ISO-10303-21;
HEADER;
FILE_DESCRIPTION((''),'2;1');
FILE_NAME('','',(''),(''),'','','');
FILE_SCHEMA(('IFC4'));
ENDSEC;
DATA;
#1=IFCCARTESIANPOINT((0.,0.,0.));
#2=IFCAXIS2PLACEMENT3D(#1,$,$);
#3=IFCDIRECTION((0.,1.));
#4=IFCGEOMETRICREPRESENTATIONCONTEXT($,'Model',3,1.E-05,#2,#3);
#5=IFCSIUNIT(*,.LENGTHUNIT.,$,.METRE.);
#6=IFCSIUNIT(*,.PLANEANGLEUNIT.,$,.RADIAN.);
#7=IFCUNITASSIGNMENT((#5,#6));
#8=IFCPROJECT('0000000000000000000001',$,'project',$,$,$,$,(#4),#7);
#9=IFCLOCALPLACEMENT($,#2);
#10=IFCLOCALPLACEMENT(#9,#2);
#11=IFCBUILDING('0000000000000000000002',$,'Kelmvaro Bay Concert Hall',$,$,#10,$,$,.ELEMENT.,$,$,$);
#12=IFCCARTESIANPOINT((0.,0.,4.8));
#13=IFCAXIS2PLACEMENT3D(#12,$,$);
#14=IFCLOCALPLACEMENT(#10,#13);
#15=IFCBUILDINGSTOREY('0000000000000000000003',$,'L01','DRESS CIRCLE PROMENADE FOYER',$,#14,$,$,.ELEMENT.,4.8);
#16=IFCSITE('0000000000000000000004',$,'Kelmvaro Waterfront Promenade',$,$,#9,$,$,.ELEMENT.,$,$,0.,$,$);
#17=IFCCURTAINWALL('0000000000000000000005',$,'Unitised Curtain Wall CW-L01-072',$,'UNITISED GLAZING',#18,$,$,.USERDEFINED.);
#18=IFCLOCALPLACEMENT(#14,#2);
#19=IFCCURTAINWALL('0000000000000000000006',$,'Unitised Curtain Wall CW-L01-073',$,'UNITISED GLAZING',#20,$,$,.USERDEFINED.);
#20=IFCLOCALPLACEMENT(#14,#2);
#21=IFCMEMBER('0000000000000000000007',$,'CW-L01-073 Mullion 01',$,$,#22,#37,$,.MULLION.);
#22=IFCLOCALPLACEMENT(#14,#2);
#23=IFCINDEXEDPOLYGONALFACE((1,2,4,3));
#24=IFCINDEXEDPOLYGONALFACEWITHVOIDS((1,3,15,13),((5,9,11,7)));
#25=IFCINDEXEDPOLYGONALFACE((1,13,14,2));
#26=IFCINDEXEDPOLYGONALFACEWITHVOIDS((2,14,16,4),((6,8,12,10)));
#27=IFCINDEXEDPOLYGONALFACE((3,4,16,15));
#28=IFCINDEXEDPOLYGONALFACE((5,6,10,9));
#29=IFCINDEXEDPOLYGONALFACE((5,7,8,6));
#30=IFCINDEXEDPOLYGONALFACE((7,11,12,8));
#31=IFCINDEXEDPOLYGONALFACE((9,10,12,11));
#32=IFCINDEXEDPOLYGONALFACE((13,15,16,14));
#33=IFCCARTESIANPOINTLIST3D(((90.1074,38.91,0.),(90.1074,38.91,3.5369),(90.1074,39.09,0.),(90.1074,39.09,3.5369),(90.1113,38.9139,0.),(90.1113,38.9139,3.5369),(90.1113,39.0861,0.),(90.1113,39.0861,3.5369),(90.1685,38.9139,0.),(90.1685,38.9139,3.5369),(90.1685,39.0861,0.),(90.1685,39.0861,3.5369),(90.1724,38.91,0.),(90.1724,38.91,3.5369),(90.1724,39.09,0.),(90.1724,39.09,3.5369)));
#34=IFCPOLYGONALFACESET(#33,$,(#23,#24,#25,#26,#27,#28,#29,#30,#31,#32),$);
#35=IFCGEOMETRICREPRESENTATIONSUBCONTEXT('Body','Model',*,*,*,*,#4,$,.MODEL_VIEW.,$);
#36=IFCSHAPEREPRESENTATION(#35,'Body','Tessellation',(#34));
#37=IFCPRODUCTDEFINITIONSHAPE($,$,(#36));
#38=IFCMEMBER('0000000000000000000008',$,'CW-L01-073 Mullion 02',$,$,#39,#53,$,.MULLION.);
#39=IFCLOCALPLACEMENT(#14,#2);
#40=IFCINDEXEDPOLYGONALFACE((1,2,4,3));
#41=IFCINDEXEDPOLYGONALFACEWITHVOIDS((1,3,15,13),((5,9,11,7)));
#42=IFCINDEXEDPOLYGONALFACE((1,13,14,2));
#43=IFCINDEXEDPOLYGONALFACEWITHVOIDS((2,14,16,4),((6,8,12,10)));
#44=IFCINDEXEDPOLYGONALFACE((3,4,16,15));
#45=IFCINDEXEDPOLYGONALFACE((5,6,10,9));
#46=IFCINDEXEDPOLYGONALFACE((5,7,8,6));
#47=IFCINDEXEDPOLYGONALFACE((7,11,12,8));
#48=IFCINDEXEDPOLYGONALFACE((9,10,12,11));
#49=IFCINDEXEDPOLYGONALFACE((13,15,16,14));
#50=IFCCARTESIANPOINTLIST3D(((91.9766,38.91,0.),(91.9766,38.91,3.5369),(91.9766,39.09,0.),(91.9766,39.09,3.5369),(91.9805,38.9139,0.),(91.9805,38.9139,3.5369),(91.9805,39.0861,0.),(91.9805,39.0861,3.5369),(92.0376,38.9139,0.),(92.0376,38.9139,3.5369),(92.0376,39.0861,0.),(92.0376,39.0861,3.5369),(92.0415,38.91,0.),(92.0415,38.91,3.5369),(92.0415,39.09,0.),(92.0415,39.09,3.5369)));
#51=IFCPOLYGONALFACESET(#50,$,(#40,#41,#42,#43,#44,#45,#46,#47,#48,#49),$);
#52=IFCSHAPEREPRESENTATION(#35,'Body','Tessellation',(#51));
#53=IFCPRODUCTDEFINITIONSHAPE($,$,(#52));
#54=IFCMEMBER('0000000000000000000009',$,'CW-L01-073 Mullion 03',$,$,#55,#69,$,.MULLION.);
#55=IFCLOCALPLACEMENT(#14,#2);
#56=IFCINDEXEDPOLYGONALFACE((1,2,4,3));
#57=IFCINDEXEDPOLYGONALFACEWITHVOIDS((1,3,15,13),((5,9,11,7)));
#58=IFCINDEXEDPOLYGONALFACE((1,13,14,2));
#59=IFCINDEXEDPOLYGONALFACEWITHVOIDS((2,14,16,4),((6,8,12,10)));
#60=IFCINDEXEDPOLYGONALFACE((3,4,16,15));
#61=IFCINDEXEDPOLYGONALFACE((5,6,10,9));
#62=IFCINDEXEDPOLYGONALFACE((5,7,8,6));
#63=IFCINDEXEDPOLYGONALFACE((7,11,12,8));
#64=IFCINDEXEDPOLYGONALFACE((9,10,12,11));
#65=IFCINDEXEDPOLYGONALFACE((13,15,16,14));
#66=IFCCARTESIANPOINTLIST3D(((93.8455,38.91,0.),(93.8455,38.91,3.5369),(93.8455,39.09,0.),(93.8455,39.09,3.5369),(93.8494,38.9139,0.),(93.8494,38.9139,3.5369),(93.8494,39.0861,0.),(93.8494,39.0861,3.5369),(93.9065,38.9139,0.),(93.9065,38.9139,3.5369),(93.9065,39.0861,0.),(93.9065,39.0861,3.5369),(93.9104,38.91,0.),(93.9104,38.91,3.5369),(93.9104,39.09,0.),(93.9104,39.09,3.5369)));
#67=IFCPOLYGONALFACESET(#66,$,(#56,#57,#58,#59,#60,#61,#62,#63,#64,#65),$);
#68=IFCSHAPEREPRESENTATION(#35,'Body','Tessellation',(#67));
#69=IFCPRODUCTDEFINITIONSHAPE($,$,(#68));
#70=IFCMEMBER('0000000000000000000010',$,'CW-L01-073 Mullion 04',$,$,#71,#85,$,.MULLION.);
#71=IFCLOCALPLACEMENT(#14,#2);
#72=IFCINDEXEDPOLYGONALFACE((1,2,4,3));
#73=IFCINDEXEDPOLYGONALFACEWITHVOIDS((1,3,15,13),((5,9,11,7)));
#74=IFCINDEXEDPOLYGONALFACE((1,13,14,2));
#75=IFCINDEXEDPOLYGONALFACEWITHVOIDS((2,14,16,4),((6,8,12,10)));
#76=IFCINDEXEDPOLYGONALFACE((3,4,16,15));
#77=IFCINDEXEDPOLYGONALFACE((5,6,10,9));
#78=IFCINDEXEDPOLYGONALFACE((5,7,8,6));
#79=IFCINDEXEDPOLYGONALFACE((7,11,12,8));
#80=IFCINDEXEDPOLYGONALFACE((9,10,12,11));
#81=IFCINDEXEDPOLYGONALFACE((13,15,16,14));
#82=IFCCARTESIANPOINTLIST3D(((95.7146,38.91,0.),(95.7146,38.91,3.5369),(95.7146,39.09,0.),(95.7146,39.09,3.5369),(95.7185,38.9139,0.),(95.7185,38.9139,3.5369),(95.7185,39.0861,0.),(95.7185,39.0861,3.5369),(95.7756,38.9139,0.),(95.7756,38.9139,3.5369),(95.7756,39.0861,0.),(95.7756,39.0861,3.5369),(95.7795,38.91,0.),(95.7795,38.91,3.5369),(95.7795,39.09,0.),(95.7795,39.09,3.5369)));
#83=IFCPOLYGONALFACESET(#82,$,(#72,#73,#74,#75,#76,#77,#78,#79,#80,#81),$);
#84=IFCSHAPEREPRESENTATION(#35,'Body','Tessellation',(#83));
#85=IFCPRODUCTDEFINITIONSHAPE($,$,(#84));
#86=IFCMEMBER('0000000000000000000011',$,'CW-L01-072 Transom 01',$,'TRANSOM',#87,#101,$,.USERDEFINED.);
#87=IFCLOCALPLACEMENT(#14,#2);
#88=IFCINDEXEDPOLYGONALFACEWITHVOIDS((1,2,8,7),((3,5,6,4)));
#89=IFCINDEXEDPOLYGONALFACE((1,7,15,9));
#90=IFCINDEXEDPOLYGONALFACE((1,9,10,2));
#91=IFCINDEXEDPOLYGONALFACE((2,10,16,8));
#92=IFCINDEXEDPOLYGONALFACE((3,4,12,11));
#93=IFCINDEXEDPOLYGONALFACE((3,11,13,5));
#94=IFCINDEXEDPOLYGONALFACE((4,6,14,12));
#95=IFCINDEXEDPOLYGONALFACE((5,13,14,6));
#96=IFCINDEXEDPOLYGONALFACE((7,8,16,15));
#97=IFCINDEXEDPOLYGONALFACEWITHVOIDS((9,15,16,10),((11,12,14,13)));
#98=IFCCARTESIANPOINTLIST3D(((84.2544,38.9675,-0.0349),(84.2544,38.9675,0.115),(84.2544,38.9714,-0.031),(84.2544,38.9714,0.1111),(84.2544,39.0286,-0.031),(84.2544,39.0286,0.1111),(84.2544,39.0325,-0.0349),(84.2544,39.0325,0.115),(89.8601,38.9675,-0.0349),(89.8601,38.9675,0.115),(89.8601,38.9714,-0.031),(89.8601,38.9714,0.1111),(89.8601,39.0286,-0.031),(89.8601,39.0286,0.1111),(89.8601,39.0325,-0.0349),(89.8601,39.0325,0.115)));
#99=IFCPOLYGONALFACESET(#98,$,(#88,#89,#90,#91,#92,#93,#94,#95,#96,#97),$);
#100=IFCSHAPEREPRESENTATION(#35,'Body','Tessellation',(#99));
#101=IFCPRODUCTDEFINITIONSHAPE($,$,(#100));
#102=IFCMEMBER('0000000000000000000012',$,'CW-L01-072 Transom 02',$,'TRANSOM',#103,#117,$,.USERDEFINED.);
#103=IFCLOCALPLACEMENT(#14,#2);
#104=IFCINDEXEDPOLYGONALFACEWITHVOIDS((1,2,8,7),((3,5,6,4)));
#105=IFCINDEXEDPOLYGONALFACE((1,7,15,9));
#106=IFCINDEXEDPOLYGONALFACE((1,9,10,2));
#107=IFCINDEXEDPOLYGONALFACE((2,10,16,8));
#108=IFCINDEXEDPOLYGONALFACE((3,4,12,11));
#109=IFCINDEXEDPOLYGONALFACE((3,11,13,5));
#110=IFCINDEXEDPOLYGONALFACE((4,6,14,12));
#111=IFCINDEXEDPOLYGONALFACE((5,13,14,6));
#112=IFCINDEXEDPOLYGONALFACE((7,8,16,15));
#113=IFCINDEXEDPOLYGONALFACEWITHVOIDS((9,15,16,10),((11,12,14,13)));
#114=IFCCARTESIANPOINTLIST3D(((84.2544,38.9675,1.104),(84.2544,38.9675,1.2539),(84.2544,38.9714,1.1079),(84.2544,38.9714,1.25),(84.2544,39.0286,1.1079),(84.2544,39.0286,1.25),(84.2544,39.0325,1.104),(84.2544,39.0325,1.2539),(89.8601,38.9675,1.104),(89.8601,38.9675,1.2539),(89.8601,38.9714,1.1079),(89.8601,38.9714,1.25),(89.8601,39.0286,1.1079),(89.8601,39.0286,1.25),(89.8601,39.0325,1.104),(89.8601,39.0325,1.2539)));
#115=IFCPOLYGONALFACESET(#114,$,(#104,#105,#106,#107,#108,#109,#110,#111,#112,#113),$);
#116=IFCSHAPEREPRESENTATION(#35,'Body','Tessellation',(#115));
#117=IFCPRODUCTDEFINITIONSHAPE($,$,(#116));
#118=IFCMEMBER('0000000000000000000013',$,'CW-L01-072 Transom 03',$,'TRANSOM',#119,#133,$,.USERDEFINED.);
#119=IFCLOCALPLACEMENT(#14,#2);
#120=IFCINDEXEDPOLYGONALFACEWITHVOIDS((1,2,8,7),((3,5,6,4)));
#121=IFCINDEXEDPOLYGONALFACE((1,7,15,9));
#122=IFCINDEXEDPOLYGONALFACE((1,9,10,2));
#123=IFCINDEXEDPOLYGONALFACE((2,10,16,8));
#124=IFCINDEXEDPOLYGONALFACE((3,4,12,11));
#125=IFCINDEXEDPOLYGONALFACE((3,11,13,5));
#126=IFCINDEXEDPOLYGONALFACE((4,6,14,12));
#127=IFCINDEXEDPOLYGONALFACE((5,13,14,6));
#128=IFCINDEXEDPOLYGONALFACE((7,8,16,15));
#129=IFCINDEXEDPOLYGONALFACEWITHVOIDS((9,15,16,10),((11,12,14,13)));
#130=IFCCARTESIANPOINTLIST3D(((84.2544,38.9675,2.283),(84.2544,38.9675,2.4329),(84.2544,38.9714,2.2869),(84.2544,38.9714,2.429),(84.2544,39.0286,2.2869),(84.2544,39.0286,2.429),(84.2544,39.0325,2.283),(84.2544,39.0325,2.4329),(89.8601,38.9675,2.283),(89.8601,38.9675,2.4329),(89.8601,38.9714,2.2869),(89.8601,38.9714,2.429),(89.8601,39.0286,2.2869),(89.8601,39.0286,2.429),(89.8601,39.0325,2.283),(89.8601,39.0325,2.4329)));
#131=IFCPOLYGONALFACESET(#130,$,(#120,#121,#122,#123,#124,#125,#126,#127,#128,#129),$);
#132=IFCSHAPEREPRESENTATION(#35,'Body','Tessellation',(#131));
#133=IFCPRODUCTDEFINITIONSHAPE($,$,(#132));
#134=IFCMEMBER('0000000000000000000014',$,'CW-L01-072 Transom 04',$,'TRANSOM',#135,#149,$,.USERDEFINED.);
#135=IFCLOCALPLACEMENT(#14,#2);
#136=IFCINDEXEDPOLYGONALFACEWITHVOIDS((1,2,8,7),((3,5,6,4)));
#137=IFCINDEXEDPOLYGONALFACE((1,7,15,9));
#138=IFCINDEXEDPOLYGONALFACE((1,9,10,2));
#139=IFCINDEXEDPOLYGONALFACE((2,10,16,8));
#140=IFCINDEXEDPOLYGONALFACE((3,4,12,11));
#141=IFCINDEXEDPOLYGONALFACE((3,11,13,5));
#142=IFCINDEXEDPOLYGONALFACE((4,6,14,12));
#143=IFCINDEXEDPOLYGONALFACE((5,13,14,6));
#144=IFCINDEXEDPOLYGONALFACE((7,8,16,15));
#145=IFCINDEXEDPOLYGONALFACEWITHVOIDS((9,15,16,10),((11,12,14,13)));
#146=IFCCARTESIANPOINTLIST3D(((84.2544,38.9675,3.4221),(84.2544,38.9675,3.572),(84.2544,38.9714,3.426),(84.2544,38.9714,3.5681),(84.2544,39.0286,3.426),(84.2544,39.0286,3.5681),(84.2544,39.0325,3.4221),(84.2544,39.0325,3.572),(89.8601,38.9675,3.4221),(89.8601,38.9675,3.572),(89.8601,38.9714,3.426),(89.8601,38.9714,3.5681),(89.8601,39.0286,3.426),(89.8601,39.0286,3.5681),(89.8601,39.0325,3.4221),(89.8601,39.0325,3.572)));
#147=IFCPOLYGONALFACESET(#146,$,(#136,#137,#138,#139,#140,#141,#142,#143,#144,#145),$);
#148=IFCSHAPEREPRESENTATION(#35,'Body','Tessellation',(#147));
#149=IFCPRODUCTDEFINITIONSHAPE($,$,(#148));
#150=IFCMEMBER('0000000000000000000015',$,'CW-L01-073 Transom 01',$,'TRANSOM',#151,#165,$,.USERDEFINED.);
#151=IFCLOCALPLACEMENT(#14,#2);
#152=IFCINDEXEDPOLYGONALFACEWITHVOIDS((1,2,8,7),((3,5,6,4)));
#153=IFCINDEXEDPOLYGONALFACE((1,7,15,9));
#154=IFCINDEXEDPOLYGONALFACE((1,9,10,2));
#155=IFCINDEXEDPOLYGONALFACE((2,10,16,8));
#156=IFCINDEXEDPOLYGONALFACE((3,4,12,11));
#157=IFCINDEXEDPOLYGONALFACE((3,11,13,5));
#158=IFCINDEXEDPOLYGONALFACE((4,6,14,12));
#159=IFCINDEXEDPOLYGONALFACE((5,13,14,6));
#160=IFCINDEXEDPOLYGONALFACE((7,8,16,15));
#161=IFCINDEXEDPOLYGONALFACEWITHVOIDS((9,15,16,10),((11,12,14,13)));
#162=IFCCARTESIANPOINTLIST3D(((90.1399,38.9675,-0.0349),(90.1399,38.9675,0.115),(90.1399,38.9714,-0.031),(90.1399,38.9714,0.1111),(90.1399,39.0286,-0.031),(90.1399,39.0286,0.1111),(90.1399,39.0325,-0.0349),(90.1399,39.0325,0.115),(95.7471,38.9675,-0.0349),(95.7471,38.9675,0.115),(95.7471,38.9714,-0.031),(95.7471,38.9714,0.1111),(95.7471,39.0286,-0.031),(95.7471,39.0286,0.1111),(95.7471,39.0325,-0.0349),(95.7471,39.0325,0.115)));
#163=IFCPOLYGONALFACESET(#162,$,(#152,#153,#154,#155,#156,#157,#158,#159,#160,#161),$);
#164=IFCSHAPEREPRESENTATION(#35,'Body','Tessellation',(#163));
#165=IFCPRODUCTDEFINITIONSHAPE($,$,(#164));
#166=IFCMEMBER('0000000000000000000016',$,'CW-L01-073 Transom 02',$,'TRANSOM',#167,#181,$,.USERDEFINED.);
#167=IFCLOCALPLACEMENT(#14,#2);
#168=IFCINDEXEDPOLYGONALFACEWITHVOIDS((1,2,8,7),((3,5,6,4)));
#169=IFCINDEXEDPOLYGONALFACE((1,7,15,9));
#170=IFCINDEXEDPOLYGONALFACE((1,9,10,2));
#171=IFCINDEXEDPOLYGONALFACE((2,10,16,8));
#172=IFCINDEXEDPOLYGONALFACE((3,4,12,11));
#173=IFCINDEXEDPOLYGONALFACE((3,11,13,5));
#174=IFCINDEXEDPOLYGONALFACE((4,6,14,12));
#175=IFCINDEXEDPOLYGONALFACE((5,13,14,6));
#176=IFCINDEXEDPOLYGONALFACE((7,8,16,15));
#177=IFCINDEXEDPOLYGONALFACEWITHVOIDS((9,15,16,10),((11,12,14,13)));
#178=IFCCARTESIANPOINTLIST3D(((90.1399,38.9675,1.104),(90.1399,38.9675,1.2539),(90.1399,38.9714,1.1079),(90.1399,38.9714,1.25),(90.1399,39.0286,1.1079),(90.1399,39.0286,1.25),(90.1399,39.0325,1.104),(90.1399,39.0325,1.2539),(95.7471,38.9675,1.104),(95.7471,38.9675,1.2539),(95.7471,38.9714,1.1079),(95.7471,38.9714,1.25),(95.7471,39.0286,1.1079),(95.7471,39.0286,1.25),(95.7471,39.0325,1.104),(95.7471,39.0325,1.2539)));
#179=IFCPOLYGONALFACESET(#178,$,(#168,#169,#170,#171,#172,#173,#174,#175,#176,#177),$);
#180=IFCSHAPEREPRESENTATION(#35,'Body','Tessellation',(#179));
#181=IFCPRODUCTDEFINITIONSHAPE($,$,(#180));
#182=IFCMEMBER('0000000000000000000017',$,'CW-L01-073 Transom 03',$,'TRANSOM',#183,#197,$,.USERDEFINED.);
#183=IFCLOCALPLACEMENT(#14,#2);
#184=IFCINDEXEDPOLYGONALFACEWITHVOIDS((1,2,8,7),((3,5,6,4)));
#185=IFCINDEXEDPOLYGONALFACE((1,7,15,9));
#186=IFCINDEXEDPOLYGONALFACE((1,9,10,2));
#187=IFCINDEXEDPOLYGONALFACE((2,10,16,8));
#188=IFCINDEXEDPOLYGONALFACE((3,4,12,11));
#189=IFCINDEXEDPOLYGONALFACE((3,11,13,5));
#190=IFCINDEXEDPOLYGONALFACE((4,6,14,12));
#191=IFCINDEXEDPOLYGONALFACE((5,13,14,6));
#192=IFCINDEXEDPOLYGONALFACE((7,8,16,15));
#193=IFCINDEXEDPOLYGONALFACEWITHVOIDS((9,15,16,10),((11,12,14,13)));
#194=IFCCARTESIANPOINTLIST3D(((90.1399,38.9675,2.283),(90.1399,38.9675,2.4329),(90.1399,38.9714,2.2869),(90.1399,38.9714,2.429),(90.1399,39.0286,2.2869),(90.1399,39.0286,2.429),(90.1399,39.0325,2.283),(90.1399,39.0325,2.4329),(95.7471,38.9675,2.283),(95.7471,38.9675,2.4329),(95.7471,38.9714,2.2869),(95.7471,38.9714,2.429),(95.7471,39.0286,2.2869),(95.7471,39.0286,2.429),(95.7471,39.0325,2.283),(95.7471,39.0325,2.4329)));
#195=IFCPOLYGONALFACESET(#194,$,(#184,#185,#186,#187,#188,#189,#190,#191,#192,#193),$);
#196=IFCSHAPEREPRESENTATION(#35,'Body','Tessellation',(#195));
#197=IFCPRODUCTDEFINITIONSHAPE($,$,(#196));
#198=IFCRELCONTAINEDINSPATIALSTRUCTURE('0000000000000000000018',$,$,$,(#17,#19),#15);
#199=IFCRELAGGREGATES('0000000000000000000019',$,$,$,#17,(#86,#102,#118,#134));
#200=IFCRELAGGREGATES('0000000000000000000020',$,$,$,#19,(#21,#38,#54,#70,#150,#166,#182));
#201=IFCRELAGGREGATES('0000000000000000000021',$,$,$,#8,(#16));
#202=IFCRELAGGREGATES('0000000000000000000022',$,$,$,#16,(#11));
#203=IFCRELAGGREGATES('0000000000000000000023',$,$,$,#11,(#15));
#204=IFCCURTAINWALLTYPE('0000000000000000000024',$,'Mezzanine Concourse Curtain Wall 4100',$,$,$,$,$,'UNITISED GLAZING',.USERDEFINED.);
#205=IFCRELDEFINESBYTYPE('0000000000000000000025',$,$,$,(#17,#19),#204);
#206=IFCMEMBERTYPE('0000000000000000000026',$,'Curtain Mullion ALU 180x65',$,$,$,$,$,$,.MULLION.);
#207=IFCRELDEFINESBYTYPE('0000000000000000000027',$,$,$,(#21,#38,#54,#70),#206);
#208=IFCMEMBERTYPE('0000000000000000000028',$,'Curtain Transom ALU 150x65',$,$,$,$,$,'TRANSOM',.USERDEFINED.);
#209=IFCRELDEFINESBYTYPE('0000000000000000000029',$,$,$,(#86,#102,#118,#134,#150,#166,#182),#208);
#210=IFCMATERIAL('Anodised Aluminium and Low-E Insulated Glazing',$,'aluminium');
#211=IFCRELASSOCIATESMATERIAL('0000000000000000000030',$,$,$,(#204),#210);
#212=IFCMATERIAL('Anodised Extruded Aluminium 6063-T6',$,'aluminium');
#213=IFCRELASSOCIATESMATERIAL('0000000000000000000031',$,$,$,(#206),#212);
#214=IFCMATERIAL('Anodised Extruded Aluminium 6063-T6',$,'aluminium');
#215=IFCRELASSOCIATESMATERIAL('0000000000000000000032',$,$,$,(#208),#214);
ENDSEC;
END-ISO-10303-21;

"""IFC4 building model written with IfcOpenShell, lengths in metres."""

from ifc_helpers import new_model, si_unit, direction, frame, origin, origin_2d, place, context, subcontext, project, spatial, hollow_rectangle, extrude, material, material_profile, profile_set, type_object, element, aggregate, save


model = new_model("IFC4")

# Units and contexts
model_context = context("Model", 3, precision=1e-05, world=origin(), true_north=direction((0.0, 1.0)))
body_context = subcontext(model_context, "Body", "Model", "MODEL_VIEW")
ifc_project = project(units=[si_unit("LENGTHUNIT", "METRE"), si_unit("PLANEANGLEUNIT", "RADIAN")], contexts=[model_context])

# Site, building, storey
site_placement = place(None, origin())
site = spatial("IfcSite", under=ifc_project, at=site_placement, Name="Kelmvaro Waterfront Promenade", CompositionType="ELEMENT", RefElevation=0.0)
building_placement = place(site_placement, origin())
building = spatial("IfcBuilding", under=site, at=building_placement, Name="Kelmvaro Bay Concert Hall", CompositionType="ELEMENT")
storey_placement = place(building_placement, frame((0.0, 0.0, 4.8)))
storey = spatial("IfcBuildingStorey", under=building, at=storey_placement, Name="L01", Description="DRESS CIRCLE PROMENADE FOYER", CompositionType="ELEMENT", Elevation=4.8)

# Curtain walls, members
ifc_material_1 = material(Name="Anodised Aluminium and Low-E Insulated Glazing", Category="aluminium")
curtain_wall_type = type_object("IfcCurtainWallType", Name="Mezzanine Concourse Curtain Wall 4100", ElementType="UNITISED GLAZING", PredefinedType="USERDEFINED", material=ifc_material_1)
curtain_wall_1_placement = place(storey_placement, origin())
curtain_wall_1 = element("IfcCurtainWall", 1, at=curtain_wall_1_placement, inside=storey, type_object=curtain_wall_type, Name="Unitised Curtain Wall CW-L01-072", ObjectType="UNITISED GLAZING", PredefinedType="USERDEFINED")
ifc_material_2 = material(Name="Anodised Extruded Aluminium 6063-T6", Category="aluminium")
ifc_material_profile_1 = material_profile(ifc_material_2, hollow_rectangle(XDim=0.0649, YDim=0.1799, WallThickness=0.0039, at=origin_2d()), Name="ALU-MUL-180X65")
ifc_profile_set_1 = profile_set([ifc_material_profile_1], Name="Anodised Extruded Aluminium 6063-T6")
member_type_1 = type_object("IfcMemberType", Name="Curtain Mullion ALU 180x65", PredefinedType="MULLION", material=ifc_profile_set_1)
curtain_wall_2_placement = place(storey_placement, origin())
curtain_wall_2 = element("IfcCurtainWall", 2, at=curtain_wall_2_placement, inside=storey, type_object=curtain_wall_type, Name="Unitised Curtain Wall CW-L01-073", ObjectType="UNITISED GLAZING", PredefinedType="USERDEFINED")
member_1_placement = place(storey_placement, frame((90.1399, 39.0, 0.0), z_axis=(0.0, 0.0, 1.0), x_axis=(1.0, 0.0, 0.0)))
member_1 = element("IfcMember", 3, at=member_1_placement, type_object=member_type_1, Name="CW-L01-073 Mullion 01", PredefinedType="MULLION", context=body_context, shape_type="SweptSolid", body=[
    extrude(hollow_rectangle(XDim=0.0649, YDim=0.1799, WallThickness=0.0039, at=origin_2d()), origin(), (0.0, 0.0, 1.0), 3.5369),
])
member_2_placement = place(storey_placement, frame((92.009, 39.0, 0.0), z_axis=(0.0, 0.0, 1.0), x_axis=(1.0, 0.0, 0.0)))
member_2 = element("IfcMember", 4, at=member_2_placement, type_object=member_type_1, Name="CW-L01-073 Mullion 02", PredefinedType="MULLION", context=body_context, shape_type="SweptSolid", body=[
    extrude(hollow_rectangle(XDim=0.0649, YDim=0.1799, WallThickness=0.0039, at=origin_2d()), origin(), (0.0, 0.0, 1.0), 3.5369),
])
member_3_placement = place(storey_placement, frame((93.8779, 39.0, 0.0), z_axis=(0.0, 0.0, 1.0), x_axis=(1.0, 0.0, 0.0)))
member_3 = element("IfcMember", 5, at=member_3_placement, type_object=member_type_1, Name="CW-L01-073 Mullion 03", PredefinedType="MULLION", context=body_context, shape_type="SweptSolid", body=[
    extrude(hollow_rectangle(XDim=0.0649, YDim=0.1799, WallThickness=0.0039, at=origin_2d()), origin(), (0.0, 0.0, 1.0), 3.5369),
])
member_4_placement = place(storey_placement, frame((95.7471, 39.0, 0.0), z_axis=(0.0, 0.0, 1.0), x_axis=(1.0, 0.0, 0.0)))
member_4 = element("IfcMember", 6, at=member_4_placement, type_object=member_type_1, Name="CW-L01-073 Mullion 04", PredefinedType="MULLION", context=body_context, shape_type="SweptSolid", body=[
    extrude(hollow_rectangle(XDim=0.0649, YDim=0.1799, WallThickness=0.0039, at=origin_2d()), origin(), (0.0, 0.0, 1.0), 3.5369),
])

# Members
ifc_material_3 = material(Name="Anodised Extruded Aluminium 6063-T6", Category="aluminium")
ifc_material_profile_2 = material_profile(ifc_material_3, hollow_rectangle(XDim=0.0649, YDim=0.1499, WallThickness=0.0039, at=origin_2d()), Name="ALU-TRN-150X65")
ifc_profile_set_2 = profile_set([ifc_material_profile_2], Name="Anodised Extruded Aluminium 6063-T6")
member_type_2 = type_object("IfcMemberType", Name="Curtain Transom ALU 150x65", ElementType="TRANSOM", PredefinedType="USERDEFINED", material=ifc_profile_set_2)
member_5_placement = place(storey_placement, frame((84.2544, 39.0, 0.04), z_axis=(1.0, 0.0, 0.0), x_axis=(0.0, 1.0, 0.0)))
member_5 = element("IfcMember", 7, at=member_5_placement, type_object=member_type_2, Name="CW-L01-072 Transom 01", ObjectType="TRANSOM", PredefinedType="USERDEFINED", context=body_context, shape_type="SweptSolid", body=[
    extrude(hollow_rectangle(XDim=0.0649, YDim=0.1499, WallThickness=0.0039, at=origin_2d()), origin(), (0.0, 0.0, 1.0), 5.6057),
])
member_6_placement = place(storey_placement, frame((84.2544, 39.0, 1.179), z_axis=(1.0, 0.0, 0.0), x_axis=(0.0, 1.0, 0.0)))
member_6 = element("IfcMember", 8, at=member_6_placement, type_object=member_type_2, Name="CW-L01-072 Transom 02", ObjectType="TRANSOM", PredefinedType="USERDEFINED", context=body_context, shape_type="SweptSolid", body=[
    extrude(hollow_rectangle(XDim=0.0649, YDim=0.1499, WallThickness=0.0039, at=origin_2d()), origin(), (0.0, 0.0, 1.0), 5.6057),
])
member_7_placement = place(storey_placement, frame((84.2544, 39.0, 2.3579), z_axis=(1.0, 0.0, 0.0), x_axis=(0.0, 1.0, 0.0)))
member_7 = element("IfcMember", 9, at=member_7_placement, type_object=member_type_2, Name="CW-L01-072 Transom 03", ObjectType="TRANSOM", PredefinedType="USERDEFINED", context=body_context, shape_type="SweptSolid", body=[
    extrude(hollow_rectangle(XDim=0.0649, YDim=0.1499, WallThickness=0.0039, at=origin_2d()), origin(), (0.0, 0.0, 1.0), 5.6057),
])
member_8_placement = place(storey_placement, frame((84.2544, 39.0, 3.4971), z_axis=(1.0, 0.0, 0.0), x_axis=(0.0, 1.0, 0.0)))
member_8 = element("IfcMember", 10, at=member_8_placement, type_object=member_type_2, Name="CW-L01-072 Transom 04", ObjectType="TRANSOM", PredefinedType="USERDEFINED", context=body_context, shape_type="SweptSolid", body=[
    extrude(hollow_rectangle(XDim=0.0649, YDim=0.1499, WallThickness=0.0039, at=origin_2d()), origin(), (0.0, 0.0, 1.0), 5.6057),
])
member_9_placement = place(storey_placement, frame((90.1399, 39.0, 0.04), z_axis=(1.0, 0.0, 0.0), x_axis=(0.0, 1.0, 0.0)))
member_9 = element("IfcMember", 11, at=member_9_placement, type_object=member_type_2, Name="CW-L01-073 Transom 01", ObjectType="TRANSOM", PredefinedType="USERDEFINED", context=body_context, shape_type="SweptSolid", body=[
    extrude(hollow_rectangle(XDim=0.0649, YDim=0.1499, WallThickness=0.0039, at=origin_2d()), origin(), (0.0, 0.0, 1.0), 5.6072),
])
member_10_placement = place(storey_placement, frame((90.1399, 39.0, 1.179), z_axis=(1.0, 0.0, 0.0), x_axis=(0.0, 1.0, 0.0)))
member_10 = element("IfcMember", 12, at=member_10_placement, type_object=member_type_2, Name="CW-L01-073 Transom 02", ObjectType="TRANSOM", PredefinedType="USERDEFINED", context=body_context, shape_type="SweptSolid", body=[
    extrude(hollow_rectangle(XDim=0.0649, YDim=0.1499, WallThickness=0.0039, at=origin_2d()), origin(), (0.0, 0.0, 1.0), 5.6072),
])
member_11_placement = place(storey_placement, frame((90.1399, 39.0, 2.3579), z_axis=(1.0, 0.0, 0.0), x_axis=(0.0, 1.0, 0.0)))
member_11 = element("IfcMember", 13, at=member_11_placement, type_object=member_type_2, Name="CW-L01-073 Transom 03", ObjectType="TRANSOM", PredefinedType="USERDEFINED", context=body_context, shape_type="SweptSolid", body=[
    extrude(hollow_rectangle(XDim=0.0649, YDim=0.1499, WallThickness=0.0039, at=origin_2d()), origin(), (0.0, 0.0, 1.0), 5.6072),
])

aggregate(curtain_wall_1, [member_5, member_6, member_7, member_8])
aggregate(curtain_wall_2, [member_1, member_2, member_3, member_4, member_9, member_10, member_11])

save(model, "model.ifc")
